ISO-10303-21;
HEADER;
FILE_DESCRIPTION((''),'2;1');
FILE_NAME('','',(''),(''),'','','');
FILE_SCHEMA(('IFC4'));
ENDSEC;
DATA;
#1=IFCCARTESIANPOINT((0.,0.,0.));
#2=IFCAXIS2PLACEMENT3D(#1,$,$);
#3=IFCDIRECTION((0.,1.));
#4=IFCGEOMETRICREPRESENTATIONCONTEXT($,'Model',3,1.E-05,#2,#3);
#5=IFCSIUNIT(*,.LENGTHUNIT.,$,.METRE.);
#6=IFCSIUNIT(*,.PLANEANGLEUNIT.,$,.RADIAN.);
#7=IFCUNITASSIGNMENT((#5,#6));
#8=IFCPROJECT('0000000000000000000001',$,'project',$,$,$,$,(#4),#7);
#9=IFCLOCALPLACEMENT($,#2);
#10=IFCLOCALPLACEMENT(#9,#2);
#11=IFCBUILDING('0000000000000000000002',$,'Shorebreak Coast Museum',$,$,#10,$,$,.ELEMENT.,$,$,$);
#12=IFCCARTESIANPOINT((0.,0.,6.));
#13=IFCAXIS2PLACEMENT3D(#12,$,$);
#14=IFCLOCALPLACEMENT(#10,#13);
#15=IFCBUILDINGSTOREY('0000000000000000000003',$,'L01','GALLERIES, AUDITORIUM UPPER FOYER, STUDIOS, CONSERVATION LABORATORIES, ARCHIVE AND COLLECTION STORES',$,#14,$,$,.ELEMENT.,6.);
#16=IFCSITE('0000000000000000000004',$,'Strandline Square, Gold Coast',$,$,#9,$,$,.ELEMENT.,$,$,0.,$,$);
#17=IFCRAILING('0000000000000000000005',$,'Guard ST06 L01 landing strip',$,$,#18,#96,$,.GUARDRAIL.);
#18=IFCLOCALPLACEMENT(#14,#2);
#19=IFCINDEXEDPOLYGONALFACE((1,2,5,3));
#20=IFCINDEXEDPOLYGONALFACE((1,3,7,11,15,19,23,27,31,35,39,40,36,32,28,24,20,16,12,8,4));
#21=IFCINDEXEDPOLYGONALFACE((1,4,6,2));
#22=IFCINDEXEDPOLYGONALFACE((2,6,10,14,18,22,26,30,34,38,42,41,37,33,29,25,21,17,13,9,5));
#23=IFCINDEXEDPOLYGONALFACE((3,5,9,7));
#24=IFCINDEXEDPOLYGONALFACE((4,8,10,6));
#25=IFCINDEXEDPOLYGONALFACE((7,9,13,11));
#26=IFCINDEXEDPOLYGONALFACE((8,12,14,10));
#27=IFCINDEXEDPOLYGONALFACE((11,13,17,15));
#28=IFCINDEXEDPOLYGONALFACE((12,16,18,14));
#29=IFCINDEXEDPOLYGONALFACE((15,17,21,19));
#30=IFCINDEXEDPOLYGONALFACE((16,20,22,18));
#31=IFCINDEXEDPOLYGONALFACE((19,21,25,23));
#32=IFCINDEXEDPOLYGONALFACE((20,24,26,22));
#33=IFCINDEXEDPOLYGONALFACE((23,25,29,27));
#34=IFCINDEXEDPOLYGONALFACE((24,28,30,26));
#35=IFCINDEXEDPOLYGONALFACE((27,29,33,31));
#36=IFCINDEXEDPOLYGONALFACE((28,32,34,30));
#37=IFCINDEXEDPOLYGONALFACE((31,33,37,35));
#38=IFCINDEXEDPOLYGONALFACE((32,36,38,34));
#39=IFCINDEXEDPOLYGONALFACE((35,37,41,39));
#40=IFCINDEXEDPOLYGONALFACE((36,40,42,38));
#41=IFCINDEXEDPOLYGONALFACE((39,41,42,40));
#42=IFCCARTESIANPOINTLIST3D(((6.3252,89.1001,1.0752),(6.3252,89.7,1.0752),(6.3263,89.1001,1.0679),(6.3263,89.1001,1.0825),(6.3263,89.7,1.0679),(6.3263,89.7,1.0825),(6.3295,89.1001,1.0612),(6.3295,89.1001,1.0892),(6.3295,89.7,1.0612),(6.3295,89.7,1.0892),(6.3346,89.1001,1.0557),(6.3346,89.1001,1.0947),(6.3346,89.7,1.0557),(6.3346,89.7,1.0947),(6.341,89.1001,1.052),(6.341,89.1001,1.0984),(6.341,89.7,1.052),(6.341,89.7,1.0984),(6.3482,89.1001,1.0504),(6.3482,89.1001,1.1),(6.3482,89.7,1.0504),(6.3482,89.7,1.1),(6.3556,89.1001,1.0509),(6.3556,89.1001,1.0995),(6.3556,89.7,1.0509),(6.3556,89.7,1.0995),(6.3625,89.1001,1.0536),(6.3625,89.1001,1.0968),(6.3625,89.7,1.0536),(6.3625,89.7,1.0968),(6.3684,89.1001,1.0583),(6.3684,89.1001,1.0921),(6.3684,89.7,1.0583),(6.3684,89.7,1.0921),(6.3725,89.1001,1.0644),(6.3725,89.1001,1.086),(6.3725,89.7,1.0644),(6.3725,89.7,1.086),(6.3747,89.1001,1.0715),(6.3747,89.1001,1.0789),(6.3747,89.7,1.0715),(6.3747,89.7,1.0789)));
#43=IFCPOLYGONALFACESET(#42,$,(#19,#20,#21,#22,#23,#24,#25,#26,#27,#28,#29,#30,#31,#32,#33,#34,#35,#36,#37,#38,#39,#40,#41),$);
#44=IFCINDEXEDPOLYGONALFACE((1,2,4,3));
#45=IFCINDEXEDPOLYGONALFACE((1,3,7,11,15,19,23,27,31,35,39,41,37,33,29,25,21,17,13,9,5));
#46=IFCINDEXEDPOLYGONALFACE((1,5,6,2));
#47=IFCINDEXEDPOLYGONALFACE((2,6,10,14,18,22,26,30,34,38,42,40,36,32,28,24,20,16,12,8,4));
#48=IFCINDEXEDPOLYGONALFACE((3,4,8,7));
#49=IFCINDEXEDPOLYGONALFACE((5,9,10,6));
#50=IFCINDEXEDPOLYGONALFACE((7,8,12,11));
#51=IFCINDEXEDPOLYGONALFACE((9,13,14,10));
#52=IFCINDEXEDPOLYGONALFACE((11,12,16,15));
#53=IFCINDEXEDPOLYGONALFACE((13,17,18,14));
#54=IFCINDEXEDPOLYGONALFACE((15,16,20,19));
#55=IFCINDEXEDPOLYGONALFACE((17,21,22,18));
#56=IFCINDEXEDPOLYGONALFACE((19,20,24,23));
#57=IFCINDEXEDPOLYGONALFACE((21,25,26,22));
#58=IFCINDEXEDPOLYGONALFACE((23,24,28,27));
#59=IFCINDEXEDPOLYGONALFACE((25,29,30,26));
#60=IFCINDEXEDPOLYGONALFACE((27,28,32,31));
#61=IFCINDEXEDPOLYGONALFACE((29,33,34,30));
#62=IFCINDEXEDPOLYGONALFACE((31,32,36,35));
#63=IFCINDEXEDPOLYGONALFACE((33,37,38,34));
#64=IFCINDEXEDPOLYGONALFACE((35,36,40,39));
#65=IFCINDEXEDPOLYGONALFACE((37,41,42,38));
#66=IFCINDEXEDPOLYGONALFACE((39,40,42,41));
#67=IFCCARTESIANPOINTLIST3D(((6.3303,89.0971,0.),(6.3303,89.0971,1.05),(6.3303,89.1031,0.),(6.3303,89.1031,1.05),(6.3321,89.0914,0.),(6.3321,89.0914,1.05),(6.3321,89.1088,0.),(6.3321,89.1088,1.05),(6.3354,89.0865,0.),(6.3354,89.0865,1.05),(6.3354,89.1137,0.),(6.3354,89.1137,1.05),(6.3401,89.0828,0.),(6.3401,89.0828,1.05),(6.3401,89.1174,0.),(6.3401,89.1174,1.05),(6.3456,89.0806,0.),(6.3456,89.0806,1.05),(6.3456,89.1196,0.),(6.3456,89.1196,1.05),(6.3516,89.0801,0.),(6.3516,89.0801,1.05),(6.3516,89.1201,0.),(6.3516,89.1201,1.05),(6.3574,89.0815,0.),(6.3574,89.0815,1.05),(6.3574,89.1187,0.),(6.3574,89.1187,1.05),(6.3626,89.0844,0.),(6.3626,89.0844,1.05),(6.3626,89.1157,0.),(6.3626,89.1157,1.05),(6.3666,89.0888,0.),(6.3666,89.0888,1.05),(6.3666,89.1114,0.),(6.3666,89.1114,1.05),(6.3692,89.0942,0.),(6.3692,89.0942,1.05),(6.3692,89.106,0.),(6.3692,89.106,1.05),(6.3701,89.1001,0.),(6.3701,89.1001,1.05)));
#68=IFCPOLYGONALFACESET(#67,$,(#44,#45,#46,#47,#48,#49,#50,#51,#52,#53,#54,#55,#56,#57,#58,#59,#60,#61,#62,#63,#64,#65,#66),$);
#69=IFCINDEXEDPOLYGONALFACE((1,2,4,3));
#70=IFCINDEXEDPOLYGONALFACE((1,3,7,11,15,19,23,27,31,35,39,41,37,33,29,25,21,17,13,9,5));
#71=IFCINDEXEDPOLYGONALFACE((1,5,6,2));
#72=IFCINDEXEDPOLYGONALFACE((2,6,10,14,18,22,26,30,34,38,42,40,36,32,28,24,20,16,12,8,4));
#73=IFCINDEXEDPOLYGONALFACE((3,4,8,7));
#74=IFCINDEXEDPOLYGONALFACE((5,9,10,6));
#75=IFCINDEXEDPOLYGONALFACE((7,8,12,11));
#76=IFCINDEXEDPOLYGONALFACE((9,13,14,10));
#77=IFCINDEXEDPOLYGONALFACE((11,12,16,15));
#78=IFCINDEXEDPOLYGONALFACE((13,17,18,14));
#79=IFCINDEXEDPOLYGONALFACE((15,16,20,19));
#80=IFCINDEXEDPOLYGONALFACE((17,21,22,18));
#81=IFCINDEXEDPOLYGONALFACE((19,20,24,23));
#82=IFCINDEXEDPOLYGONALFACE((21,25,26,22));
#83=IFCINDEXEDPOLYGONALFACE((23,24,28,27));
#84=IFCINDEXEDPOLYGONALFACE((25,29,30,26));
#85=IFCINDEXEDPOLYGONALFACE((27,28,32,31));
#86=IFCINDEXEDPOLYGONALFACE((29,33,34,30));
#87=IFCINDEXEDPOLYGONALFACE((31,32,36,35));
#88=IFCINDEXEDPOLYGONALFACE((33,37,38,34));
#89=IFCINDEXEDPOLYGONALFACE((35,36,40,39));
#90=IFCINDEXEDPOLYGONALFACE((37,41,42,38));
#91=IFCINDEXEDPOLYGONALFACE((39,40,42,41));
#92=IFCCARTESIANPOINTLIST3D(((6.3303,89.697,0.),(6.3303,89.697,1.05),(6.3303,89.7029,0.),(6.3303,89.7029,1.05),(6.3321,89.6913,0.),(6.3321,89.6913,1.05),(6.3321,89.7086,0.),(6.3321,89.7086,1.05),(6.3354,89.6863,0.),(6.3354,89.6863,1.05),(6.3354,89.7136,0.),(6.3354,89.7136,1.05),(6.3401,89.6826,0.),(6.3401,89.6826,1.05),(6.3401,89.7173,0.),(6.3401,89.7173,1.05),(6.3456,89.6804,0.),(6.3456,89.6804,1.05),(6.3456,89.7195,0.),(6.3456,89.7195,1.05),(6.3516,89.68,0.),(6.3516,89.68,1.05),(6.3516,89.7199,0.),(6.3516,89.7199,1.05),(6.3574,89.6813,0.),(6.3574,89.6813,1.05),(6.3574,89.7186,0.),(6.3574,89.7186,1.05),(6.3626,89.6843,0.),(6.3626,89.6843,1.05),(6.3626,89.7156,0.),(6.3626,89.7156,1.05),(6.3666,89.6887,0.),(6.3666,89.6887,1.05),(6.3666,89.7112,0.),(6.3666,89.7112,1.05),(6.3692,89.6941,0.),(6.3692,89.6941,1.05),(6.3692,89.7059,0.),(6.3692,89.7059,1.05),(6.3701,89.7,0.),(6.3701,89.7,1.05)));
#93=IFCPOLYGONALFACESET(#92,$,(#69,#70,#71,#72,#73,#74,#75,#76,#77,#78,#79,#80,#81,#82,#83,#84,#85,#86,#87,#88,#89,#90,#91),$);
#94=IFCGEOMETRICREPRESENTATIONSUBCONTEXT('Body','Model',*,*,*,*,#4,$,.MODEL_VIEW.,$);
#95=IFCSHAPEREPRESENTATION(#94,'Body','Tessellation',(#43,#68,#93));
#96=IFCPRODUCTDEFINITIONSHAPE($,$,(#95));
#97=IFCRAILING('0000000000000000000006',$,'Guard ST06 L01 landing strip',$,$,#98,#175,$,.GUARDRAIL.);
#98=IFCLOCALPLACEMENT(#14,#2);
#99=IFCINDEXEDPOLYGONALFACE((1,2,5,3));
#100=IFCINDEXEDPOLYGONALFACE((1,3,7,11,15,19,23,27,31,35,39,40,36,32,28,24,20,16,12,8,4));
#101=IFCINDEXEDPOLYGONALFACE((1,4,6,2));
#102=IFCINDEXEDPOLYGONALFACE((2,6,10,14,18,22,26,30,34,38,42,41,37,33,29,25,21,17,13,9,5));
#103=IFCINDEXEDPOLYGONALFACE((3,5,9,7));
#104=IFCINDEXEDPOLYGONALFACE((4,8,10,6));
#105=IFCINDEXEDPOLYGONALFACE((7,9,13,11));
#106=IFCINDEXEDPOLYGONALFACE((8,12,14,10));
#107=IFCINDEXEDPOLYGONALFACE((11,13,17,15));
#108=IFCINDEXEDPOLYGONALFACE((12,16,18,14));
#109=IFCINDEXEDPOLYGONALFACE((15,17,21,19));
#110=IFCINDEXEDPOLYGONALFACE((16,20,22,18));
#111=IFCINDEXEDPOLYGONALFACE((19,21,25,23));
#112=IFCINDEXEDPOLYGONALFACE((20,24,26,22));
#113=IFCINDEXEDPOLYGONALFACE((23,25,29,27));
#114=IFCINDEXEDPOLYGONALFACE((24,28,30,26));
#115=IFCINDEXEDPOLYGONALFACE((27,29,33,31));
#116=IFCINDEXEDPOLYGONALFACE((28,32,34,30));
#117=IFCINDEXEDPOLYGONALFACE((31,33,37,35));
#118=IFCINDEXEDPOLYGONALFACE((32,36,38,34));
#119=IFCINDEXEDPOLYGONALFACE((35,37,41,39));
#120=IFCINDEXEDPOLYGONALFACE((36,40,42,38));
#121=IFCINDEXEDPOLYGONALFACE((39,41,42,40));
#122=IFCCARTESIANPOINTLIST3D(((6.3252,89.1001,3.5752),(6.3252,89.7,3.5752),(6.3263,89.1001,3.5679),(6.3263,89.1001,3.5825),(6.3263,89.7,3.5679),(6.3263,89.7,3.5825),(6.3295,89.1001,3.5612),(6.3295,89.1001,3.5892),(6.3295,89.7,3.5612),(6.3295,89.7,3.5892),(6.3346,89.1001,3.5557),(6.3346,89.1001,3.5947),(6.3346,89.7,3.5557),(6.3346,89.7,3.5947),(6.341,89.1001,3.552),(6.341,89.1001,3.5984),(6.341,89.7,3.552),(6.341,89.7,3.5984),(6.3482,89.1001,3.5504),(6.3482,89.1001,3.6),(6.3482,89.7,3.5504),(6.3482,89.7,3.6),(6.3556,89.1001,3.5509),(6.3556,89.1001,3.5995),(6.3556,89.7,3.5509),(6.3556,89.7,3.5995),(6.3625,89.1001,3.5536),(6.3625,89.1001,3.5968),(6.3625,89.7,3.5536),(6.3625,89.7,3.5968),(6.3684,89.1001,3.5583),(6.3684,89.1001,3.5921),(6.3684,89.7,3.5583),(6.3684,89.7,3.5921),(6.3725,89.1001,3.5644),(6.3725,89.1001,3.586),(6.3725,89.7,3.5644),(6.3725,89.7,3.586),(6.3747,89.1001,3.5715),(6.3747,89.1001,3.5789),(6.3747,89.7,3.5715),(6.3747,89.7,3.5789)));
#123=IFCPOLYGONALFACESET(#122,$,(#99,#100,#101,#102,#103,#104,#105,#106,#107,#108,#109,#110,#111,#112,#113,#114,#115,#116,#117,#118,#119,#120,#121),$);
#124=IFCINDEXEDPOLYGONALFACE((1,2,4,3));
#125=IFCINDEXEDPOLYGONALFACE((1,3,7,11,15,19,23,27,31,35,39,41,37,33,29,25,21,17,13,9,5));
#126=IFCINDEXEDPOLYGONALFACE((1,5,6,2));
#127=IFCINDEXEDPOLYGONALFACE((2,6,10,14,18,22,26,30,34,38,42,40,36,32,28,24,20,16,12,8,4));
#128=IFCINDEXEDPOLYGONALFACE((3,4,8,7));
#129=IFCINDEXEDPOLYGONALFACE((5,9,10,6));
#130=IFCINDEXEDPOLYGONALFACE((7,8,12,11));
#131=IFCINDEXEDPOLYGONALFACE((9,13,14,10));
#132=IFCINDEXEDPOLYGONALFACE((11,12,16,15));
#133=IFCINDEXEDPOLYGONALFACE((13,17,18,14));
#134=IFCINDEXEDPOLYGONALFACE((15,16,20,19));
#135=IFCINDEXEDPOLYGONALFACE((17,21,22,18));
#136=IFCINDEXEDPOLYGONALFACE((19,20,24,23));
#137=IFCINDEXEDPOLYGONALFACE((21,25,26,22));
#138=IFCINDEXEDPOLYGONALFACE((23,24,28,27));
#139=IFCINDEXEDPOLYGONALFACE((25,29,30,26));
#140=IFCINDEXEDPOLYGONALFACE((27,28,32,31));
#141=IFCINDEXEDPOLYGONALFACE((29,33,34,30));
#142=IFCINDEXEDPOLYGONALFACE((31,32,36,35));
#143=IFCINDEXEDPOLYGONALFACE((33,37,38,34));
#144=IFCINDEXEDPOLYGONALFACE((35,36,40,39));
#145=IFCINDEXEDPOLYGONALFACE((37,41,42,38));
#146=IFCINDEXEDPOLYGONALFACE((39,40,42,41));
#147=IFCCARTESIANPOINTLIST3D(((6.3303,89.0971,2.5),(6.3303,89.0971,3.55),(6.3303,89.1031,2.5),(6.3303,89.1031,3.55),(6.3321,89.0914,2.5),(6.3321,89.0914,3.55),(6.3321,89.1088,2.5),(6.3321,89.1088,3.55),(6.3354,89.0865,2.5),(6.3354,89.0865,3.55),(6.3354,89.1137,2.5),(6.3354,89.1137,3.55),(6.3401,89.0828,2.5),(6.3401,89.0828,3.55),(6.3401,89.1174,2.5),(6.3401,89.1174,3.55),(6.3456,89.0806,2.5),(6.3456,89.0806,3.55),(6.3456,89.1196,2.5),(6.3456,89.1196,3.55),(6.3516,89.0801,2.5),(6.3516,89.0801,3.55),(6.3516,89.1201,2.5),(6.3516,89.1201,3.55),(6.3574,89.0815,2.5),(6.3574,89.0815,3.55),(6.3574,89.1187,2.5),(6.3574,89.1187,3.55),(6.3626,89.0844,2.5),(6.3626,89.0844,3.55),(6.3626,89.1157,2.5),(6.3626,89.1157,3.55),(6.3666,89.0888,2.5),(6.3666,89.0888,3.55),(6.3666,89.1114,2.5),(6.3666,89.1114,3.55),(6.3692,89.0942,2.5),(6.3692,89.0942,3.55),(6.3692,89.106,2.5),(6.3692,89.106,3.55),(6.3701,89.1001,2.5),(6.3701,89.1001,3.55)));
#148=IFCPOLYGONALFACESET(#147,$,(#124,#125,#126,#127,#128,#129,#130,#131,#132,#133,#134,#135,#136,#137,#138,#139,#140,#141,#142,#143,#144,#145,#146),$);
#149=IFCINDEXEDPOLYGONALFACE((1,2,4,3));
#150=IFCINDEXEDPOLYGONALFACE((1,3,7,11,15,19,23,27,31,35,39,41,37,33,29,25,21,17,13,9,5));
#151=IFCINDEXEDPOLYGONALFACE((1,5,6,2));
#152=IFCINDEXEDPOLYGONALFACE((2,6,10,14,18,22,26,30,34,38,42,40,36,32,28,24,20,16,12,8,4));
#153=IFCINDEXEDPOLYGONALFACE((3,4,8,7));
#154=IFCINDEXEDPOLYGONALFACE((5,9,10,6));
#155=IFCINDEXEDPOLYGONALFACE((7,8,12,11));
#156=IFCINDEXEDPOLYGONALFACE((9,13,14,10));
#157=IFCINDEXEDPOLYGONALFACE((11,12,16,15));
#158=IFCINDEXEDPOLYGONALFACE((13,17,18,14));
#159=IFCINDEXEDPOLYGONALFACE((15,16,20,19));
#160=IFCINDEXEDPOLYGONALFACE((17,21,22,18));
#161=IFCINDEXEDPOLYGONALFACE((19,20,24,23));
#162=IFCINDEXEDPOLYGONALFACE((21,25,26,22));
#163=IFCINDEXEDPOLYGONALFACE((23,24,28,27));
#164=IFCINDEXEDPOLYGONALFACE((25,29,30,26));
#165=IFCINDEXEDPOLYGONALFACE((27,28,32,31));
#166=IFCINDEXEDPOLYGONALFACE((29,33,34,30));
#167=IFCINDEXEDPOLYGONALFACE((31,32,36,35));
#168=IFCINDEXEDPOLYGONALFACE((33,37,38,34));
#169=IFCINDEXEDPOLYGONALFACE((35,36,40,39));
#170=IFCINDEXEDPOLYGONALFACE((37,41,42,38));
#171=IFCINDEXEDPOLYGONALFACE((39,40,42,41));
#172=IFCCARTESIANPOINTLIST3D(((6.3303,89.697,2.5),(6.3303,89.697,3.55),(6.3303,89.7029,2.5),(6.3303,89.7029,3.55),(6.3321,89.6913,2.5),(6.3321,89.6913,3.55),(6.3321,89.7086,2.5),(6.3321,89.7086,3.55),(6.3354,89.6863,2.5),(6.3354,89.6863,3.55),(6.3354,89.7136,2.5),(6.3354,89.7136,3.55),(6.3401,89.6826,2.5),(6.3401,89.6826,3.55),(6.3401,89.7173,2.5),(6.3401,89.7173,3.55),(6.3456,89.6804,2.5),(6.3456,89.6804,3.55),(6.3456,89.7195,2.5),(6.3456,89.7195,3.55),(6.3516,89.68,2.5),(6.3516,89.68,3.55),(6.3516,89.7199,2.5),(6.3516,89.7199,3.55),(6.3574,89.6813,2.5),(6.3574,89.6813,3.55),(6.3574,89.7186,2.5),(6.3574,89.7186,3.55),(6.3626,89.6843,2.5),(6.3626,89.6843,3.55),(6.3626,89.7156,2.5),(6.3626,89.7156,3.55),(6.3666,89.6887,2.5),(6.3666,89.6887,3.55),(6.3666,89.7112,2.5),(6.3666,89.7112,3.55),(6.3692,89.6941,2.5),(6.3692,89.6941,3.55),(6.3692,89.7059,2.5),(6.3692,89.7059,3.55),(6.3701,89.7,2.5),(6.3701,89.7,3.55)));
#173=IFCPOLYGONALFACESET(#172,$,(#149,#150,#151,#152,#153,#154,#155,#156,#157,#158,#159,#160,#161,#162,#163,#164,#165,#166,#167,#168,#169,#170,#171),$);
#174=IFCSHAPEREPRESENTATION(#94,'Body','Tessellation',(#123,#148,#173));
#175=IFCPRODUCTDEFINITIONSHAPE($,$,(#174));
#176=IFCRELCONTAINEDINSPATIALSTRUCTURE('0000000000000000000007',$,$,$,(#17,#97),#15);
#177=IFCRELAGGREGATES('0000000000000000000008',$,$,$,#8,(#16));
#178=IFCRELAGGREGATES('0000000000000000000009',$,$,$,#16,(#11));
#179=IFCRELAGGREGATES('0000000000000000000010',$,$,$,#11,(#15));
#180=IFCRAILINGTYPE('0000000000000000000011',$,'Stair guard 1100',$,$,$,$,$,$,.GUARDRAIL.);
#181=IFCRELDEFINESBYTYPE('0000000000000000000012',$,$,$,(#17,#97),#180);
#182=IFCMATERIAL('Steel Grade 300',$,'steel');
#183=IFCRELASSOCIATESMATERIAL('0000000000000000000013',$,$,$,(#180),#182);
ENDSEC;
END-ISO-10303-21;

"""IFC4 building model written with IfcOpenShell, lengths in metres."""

from ifc_helpers import new_model, si_unit, direction, frame, origin, origin_2d, place, context, subcontext, project, spatial, circle, extrude, material, type_object, element, save


model = new_model("IFC4")

# Units and contexts
model_context = context("Model", 3, precision=1e-05, world=origin(), true_north=direction((0.0, 1.0)))
body_context = subcontext(model_context, "Body", "Model", "MODEL_VIEW")
ifc_project = project(units=[si_unit("LENGTHUNIT", "METRE"), si_unit("PLANEANGLEUNIT", "RADIAN")], contexts=[model_context])

# Site, building, storey
site_placement = place(None, origin())
site = spatial("IfcSite", under=ifc_project, at=site_placement, Name="Strandline Square, Gold Coast", CompositionType="ELEMENT", RefElevation=0.0)
building_placement = place(site_placement, origin())
building = spatial("IfcBuilding", under=site, at=building_placement, Name="Shorebreak Coast Museum", CompositionType="ELEMENT")
storey_placement = place(building_placement, frame((0.0, 0.0, 6.0)))
storey = spatial("IfcBuildingStorey", under=building, at=storey_placement, Name="L01", Description="GALLERIES, AUDITORIUM UPPER FOYER, STUDIOS, CONSERVATION LABORATORIES, ARCHIVE AND COLLECTION STORES", CompositionType="ELEMENT", Elevation=6.0)

# Railings
ifc_material_1 = material(Name="Steel Grade 300", Category="steel")
railing_type_1 = type_object("IfcRailingType", Name="Stair guard 1100", PredefinedType="GUARDRAIL", material=ifc_material_1)
for number, where, name in (
    (1, (6.3501, 89.1001, 0.0), "Guard ST06 L01 landing strip"),
    (2, (6.3501, 89.1001, 2.5), "Guard ST06 L01 landing strip"),
):
    element("IfcRailing", number, at=place(storey_placement, frame(where)), inside=storey, type_object=railing_type_1, Name=name, PredefinedType="GUARDRAIL", context=body_context, shape_type="SweptSolid", body=[
        extrude(circle(Radius=0.0249, at=origin_2d()), frame((0.0, 0.0, 1.0752), z_axis=(0.0, 1.0, 0.0), x_axis=(-1.0, 0.0, 0.0)), (0.0, 0.0, 1.0), 0.5999),
        extrude(circle(Radius=0.02, at=origin_2d()), origin(), (0.0, 0.0, 1.0), 1.05),
        extrude(circle(Radius=0.02, at=origin_2d()), frame((0.0, 0.5999, 0.0)), (0.0, 0.0, 1.0), 1.05),
    ])

save(model, "model.ifc")
